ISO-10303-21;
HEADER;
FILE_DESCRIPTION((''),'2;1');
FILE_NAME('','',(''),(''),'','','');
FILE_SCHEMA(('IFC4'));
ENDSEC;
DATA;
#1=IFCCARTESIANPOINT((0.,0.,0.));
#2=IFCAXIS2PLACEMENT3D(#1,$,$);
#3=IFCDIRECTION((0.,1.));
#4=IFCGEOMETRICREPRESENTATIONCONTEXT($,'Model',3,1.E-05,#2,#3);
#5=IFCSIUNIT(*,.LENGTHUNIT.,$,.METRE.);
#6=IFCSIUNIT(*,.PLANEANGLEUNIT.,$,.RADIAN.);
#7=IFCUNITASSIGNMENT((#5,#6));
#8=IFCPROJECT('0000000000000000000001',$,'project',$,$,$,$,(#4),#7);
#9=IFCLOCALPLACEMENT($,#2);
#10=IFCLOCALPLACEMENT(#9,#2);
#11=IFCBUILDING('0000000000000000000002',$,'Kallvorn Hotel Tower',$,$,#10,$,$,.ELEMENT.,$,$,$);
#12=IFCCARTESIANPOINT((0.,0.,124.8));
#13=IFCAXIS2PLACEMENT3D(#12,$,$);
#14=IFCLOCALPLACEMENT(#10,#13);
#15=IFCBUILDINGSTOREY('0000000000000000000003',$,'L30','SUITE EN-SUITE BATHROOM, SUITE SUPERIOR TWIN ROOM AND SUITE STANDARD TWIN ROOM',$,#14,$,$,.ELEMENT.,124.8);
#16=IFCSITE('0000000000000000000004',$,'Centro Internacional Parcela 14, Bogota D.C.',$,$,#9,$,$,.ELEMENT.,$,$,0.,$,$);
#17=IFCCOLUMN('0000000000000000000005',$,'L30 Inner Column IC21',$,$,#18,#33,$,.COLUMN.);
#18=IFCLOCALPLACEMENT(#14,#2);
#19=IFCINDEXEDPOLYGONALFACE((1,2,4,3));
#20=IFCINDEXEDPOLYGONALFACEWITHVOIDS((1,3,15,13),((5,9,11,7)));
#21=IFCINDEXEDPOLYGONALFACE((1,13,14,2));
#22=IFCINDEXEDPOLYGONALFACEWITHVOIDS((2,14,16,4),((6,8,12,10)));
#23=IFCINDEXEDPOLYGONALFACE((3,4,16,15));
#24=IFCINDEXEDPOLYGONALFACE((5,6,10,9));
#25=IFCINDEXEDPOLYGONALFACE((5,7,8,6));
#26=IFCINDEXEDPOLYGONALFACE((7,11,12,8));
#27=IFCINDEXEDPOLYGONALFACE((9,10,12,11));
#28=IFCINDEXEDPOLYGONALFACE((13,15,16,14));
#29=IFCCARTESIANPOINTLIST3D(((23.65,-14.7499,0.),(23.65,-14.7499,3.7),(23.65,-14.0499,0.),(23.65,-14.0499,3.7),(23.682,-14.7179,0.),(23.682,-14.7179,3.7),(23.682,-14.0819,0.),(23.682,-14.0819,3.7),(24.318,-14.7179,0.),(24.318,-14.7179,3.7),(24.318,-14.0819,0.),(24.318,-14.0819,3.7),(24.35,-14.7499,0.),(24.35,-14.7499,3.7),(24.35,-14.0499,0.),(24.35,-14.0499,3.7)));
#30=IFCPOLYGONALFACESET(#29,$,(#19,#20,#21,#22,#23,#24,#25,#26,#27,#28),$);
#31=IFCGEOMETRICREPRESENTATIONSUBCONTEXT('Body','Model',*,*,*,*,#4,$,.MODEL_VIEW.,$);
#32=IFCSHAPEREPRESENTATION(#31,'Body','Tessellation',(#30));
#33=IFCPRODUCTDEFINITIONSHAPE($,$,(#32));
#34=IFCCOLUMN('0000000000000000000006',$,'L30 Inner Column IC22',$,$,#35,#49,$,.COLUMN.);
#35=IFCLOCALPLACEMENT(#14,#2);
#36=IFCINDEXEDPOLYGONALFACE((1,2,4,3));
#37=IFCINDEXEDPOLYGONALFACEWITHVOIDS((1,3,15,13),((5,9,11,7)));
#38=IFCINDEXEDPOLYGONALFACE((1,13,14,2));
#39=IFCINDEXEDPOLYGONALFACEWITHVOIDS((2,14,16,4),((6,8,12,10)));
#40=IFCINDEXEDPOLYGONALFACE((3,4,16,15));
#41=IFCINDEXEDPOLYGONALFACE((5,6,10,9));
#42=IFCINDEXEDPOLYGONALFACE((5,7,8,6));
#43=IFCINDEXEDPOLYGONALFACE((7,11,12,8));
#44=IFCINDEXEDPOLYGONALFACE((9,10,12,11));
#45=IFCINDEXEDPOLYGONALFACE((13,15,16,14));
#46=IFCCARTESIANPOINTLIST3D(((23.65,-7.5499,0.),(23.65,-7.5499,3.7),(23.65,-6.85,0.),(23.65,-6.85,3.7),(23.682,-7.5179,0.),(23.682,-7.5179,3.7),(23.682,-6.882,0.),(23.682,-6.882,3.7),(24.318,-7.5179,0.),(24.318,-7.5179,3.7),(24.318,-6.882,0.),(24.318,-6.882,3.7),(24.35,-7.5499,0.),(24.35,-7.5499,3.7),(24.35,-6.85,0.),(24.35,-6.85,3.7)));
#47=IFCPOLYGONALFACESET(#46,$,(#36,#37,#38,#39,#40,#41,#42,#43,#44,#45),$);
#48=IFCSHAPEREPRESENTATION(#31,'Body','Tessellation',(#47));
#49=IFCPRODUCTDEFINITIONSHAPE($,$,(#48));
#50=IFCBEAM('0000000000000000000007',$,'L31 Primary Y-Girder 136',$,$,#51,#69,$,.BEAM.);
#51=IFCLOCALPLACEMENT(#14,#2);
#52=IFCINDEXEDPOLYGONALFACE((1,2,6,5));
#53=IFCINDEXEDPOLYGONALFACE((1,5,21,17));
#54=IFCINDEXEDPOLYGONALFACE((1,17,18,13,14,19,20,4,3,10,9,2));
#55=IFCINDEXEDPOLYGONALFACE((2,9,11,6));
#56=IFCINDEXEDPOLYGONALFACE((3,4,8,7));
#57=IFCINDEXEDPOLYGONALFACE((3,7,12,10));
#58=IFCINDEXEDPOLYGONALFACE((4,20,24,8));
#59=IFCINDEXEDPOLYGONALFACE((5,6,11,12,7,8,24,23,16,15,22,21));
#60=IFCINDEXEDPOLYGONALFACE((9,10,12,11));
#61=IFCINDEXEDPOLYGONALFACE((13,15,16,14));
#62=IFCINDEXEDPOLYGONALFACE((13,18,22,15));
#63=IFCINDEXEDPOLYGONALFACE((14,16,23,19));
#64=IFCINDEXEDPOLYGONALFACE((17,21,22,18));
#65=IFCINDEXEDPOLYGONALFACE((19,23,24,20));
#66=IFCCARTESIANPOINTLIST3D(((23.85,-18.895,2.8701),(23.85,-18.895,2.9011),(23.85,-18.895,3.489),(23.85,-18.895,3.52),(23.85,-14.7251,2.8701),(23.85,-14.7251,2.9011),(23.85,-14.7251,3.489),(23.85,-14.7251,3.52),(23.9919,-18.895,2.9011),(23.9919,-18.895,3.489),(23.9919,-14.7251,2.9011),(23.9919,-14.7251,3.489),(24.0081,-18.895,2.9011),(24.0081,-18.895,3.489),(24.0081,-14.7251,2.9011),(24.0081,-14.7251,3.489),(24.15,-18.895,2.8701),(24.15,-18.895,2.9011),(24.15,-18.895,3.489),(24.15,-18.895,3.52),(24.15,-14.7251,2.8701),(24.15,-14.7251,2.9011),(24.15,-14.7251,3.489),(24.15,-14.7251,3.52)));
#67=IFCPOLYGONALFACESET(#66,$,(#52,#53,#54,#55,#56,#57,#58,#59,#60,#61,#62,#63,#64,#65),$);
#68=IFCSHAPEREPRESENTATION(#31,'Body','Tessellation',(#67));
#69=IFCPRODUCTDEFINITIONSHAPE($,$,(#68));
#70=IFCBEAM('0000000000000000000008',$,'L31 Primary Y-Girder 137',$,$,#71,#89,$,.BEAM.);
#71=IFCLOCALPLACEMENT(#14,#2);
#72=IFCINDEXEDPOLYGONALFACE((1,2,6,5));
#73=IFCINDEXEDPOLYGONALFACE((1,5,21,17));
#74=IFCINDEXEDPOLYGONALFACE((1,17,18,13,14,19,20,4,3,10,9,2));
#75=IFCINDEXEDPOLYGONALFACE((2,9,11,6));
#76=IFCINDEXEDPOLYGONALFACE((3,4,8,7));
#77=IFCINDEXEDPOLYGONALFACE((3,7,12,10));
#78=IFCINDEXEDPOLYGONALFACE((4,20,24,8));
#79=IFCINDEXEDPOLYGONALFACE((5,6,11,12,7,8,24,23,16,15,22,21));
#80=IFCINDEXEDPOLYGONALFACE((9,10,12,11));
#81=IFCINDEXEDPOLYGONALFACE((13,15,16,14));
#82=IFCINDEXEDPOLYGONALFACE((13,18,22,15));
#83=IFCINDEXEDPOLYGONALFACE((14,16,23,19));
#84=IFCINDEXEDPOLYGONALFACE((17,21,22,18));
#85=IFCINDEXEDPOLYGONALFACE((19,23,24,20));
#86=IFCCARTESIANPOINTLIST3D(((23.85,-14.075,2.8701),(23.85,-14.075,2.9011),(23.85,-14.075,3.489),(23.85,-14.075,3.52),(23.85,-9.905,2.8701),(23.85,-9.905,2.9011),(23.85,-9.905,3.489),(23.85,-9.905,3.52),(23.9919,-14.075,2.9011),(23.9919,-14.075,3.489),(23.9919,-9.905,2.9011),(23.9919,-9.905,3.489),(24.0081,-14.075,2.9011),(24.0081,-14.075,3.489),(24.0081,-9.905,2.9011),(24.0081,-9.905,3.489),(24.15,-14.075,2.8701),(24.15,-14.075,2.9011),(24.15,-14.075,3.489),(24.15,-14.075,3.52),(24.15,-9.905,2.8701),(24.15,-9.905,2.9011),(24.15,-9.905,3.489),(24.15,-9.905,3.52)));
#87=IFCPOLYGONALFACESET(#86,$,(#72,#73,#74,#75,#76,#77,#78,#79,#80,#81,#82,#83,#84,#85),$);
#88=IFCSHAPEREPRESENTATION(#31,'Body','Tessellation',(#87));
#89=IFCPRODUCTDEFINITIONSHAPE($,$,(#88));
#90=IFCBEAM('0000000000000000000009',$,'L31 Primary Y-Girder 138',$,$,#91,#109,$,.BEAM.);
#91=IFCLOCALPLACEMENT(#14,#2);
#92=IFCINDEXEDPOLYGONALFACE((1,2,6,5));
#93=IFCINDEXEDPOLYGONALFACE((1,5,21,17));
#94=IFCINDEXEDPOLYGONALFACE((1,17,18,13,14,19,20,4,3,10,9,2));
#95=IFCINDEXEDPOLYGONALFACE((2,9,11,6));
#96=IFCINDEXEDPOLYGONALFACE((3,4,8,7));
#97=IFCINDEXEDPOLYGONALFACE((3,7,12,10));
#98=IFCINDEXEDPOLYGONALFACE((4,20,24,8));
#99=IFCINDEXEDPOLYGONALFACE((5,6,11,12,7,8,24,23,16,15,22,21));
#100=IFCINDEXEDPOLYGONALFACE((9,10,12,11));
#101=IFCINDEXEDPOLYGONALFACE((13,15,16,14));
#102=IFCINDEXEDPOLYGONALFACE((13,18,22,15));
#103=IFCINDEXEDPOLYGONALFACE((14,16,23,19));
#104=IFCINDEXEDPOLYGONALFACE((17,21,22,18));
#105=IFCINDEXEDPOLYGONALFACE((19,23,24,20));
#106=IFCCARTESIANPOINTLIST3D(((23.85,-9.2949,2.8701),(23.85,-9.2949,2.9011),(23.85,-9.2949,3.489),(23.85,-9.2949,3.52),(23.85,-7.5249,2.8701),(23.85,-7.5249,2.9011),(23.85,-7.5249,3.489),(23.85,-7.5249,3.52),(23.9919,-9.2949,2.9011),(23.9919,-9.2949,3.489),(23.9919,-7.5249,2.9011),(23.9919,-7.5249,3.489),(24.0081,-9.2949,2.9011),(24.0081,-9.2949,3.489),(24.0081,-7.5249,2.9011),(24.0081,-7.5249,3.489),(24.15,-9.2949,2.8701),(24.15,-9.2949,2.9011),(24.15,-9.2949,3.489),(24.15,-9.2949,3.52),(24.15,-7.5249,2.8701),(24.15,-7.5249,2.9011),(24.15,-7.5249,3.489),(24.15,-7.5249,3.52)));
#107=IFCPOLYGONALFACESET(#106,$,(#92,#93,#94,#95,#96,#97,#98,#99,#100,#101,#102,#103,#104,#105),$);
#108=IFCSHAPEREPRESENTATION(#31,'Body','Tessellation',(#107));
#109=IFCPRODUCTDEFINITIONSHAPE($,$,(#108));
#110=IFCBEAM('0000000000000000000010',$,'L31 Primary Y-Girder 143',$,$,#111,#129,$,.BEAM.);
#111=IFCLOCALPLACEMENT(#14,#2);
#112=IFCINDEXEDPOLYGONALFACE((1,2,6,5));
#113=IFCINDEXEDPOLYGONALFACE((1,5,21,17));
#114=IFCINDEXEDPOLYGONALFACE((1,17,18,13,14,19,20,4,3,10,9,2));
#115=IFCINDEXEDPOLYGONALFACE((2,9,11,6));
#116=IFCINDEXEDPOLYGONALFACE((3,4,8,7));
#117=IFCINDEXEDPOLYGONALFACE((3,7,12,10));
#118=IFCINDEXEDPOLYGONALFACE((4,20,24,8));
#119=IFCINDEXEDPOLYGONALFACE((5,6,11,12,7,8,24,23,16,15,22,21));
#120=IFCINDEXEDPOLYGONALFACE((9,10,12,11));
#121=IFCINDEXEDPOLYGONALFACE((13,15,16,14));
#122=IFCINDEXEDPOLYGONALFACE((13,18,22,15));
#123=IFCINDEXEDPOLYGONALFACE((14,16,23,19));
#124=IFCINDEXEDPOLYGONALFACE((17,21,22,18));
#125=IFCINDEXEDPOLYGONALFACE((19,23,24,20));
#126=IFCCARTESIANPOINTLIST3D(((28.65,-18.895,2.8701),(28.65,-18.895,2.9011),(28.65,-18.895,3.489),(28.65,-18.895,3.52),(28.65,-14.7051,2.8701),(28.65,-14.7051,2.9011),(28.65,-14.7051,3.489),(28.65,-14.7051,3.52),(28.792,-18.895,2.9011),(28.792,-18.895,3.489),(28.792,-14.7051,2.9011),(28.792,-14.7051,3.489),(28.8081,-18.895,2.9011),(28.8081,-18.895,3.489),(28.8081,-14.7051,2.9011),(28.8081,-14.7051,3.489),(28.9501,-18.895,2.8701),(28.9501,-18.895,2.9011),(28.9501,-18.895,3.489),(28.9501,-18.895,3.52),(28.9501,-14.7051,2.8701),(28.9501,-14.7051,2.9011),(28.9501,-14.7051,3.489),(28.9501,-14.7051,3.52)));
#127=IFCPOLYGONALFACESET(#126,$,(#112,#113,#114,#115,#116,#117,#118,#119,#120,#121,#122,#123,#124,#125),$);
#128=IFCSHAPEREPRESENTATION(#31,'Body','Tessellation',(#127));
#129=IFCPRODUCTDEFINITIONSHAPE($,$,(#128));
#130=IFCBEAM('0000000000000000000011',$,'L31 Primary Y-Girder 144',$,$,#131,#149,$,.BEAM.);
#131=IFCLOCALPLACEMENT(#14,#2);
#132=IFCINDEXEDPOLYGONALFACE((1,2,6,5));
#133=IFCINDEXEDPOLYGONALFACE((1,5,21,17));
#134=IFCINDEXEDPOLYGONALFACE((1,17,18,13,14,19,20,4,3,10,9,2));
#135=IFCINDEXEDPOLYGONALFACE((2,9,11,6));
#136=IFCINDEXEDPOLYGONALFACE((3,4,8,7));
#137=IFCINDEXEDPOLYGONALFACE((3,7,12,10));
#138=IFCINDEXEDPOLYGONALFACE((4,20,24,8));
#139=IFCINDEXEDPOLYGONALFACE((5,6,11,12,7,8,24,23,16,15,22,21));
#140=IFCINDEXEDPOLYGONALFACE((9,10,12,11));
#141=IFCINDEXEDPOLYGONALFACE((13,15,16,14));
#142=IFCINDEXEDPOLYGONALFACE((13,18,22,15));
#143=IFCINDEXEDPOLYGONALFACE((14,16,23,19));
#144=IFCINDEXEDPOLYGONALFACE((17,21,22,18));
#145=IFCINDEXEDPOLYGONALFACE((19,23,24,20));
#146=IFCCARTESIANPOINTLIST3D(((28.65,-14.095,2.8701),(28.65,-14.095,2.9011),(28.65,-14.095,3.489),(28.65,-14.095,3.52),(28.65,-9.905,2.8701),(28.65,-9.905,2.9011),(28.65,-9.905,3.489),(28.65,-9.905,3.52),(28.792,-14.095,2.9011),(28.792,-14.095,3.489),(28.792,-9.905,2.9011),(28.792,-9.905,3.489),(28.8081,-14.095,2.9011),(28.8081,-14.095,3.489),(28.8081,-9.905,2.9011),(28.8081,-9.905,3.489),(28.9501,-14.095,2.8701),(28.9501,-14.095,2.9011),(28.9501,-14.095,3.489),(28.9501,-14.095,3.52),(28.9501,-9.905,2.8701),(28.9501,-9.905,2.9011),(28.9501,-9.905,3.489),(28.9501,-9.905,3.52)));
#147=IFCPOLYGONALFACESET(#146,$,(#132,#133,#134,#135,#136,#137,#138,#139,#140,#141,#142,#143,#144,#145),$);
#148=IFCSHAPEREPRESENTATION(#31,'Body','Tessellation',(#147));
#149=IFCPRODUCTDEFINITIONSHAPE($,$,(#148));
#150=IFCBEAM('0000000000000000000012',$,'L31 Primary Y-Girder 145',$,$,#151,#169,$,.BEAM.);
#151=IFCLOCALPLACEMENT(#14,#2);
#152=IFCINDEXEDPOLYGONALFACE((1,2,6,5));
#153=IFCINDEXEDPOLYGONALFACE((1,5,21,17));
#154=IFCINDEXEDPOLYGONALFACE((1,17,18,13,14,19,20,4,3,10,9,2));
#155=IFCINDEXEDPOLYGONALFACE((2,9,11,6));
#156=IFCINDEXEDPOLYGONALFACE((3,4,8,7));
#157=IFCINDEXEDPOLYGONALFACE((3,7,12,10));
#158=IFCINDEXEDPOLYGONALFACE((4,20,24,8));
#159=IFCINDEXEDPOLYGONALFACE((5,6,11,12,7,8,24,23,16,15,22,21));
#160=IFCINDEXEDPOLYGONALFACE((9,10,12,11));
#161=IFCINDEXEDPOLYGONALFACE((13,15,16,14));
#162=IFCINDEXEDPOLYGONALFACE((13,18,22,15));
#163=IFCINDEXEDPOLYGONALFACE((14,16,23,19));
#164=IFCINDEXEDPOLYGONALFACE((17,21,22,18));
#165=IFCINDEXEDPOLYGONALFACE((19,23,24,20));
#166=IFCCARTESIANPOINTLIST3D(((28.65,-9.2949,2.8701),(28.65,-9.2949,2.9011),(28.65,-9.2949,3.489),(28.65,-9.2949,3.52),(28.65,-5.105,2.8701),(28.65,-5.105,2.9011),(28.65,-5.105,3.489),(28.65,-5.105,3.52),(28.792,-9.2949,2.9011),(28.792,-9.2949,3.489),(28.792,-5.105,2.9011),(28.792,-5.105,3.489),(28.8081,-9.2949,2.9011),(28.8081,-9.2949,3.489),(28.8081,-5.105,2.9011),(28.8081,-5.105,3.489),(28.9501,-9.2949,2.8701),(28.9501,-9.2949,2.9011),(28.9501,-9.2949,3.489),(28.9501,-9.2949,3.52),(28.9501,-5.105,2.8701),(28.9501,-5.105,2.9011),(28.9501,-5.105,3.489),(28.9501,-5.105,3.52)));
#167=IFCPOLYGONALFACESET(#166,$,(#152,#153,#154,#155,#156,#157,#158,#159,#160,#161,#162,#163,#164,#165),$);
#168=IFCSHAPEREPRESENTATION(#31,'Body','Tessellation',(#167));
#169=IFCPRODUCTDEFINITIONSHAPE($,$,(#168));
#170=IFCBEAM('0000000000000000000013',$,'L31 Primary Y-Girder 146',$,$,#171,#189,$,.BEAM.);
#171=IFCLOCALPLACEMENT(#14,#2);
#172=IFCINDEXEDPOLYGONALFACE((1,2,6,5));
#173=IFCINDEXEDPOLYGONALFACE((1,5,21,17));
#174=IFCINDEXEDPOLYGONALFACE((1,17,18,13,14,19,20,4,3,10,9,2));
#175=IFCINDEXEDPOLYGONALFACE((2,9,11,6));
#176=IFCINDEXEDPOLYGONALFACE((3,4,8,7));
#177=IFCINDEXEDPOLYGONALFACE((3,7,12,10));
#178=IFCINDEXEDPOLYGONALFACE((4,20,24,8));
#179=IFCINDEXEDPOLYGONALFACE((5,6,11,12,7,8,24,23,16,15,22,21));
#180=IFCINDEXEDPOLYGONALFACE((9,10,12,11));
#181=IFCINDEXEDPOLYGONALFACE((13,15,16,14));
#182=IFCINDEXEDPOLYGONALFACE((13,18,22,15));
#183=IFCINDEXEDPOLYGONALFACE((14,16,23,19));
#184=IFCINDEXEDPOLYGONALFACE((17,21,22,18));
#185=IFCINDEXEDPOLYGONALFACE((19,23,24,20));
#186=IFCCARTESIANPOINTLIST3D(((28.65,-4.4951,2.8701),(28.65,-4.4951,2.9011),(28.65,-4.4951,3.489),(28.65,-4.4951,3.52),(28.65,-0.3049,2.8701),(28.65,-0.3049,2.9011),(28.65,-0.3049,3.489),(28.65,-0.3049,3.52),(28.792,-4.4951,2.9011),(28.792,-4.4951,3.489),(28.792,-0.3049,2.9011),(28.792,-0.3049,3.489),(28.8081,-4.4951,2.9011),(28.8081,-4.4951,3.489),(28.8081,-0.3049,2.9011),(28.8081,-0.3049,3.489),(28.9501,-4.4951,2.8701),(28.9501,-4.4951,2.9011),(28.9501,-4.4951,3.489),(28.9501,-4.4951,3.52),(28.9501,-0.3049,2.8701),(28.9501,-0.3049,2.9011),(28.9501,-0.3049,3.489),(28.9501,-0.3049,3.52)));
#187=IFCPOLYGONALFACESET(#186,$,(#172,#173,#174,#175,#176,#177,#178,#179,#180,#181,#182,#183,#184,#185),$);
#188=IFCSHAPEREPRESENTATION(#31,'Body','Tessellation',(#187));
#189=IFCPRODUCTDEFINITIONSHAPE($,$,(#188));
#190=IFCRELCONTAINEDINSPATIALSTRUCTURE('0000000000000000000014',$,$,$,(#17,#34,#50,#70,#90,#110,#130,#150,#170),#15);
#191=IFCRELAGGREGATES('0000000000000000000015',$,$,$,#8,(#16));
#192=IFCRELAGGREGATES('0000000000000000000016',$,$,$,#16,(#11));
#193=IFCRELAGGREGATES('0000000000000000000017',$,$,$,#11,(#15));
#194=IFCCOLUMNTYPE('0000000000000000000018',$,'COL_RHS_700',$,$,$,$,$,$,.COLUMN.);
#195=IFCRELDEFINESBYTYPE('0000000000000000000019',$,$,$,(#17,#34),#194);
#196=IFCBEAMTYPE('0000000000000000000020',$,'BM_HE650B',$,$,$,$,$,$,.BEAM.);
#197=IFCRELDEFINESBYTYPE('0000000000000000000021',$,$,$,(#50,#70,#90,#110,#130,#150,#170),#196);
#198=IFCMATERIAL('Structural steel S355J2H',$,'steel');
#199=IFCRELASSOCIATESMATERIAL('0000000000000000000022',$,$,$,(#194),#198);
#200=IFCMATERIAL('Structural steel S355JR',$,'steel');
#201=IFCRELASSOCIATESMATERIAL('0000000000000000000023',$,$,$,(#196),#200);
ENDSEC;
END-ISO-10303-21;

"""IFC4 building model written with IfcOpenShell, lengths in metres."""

from ifc_helpers import new_model, si_unit, direction, frame, origin, origin_2d, place, context, subcontext, project, spatial, hollow_rectangle, i_section, extrude, material, material_profile, profile_set, type_object, element, save


model = new_model("IFC4")

# Units and contexts
model_context = context("Model", 3, precision=1e-05, world=origin(), true_north=direction((0.0, 1.0)))
body_context = subcontext(model_context, "Body", "Model", "MODEL_VIEW")
ifc_project = project(units=[si_unit("LENGTHUNIT", "METRE"), si_unit("PLANEANGLEUNIT", "RADIAN")], contexts=[model_context])

# Site, building, storey
site_placement = place(None, origin())
site = spatial("IfcSite", under=ifc_project, at=site_placement, Name="Centro Internacional Parcela 14, Bogota D.C.", CompositionType="ELEMENT", RefElevation=0.0)
building_placement = place(site_placement, origin())
building = spatial("IfcBuilding", under=site, at=building_placement, Name="Kallvorn Hotel Tower", CompositionType="ELEMENT")
storey_placement = place(building_placement, frame((0.0, 0.0, 124.8)))
storey = spatial("IfcBuildingStorey", under=building, at=storey_placement, Name="L30", Description="SUITE EN-SUITE BATHROOM, SUITE SUPERIOR TWIN ROOM AND SUITE STANDARD TWIN ROOM", CompositionType="ELEMENT", Elevation=124.8)

# Columns
ifc_material_1 = material(Name="Structural steel S355J2H", Category="steel")
ifc_material_profile_1 = material_profile(ifc_material_1, hollow_rectangle(XDim=0.7, YDim=0.7, WallThickness=0.032, at=origin_2d()), Name="RHS 700x700x32")
ifc_profile_set_1 = profile_set([ifc_material_profile_1], Name="Structural steel S355J2H")
column_type_1 = type_object("IfcColumnType", Name="COL_RHS_700", PredefinedType="COLUMN", material=ifc_profile_set_1)
for number, where, z_axis, x_axis, name in (
    (1, (24.0, -14.3999, 0.0), (0.0, 0.0, 1.0), (1.0, 0.0, 0.0), "L30 Inner Column IC21"),
    (2, (24.0, -7.2, 0.0), (0.0, 0.0, 1.0), (1.0, 0.0, 0.0), "L30 Inner Column IC22"),
):
    element("IfcColumn", number, at=place(storey_placement, frame(where, z_axis=z_axis, x_axis=x_axis)), inside=storey, type_object=column_type_1, Name=name, PredefinedType="COLUMN", context=body_context, shape_type="SweptSolid", body=[
        extrude(hollow_rectangle(XDim=0.7, YDim=0.7, WallThickness=0.032, at=origin_2d()), origin(), (0.0, 0.0, 1.0), 3.7),
    ])

# Beams
ifc_material_2 = material(Name="Structural steel S355JR", Category="steel")
ifc_material_profile_2 = material_profile(ifc_material_2, i_section(OverallWidth=0.3, OverallDepth=0.6499, WebThickness=0.0161, FlangeThickness=0.031, at=origin_2d()), Name="HE 650 B")
ifc_profile_set_2 = profile_set([ifc_material_profile_2], Name="Structural steel S355JR")
beam_type_1 = type_object("IfcBeamType", Name="BM_HE650B", PredefinedType="BEAM", material=ifc_profile_set_2)
for number, where, z_axis, x_axis, name in (
    (3, (24.0, -18.895, 3.1951), (0.0, 1.0, 0.0), (-1.0, 0.0, 0.0), "L31 Primary Y-Girder 136"),
    (4, (24.0, -14.075, 3.1951), (0.0, 1.0, 0.0), (-1.0, 0.0, 0.0), "L31 Primary Y-Girder 137"),
):
    element("IfcBeam", number, at=place(storey_placement, frame(where, z_axis=z_axis, x_axis=x_axis)), inside=storey, type_object=beam_type_1, Name=name, PredefinedType="BEAM", context=body_context, shape_type="SweptSolid", body=[
        extrude(i_section(OverallWidth=0.3, OverallDepth=0.6499, WebThickness=0.0161, FlangeThickness=0.031, at=origin_2d()), origin(), (0.0, 0.0, 1.0), 4.1699),
    ])
beam_1_placement = place(storey_placement, frame((24.0, -9.2949, 3.1951), z_axis=(0.0, 1.0, 0.0), x_axis=(-1.0, 0.0, 0.0)))
element("IfcBeam", 5, at=beam_1_placement, inside=storey, type_object=beam_type_1, Name="L31 Primary Y-Girder 138", PredefinedType="BEAM", context=body_context, shape_type="SweptSolid", body=[
    extrude(i_section(OverallWidth=0.3, OverallDepth=0.6499, WebThickness=0.0161, FlangeThickness=0.031, at=origin_2d()), origin(), (0.0, 0.0, 1.0), 1.77),
])
for number, where, z_axis, x_axis, name in (
    (6, (28.8, -18.895, 3.1951), (0.0, 1.0, 0.0), (-1.0, 0.0, 0.0), "L31 Primary Y-Girder 143"),
    (7, (28.8, -14.095, 3.1951), (0.0, 1.0, 0.0), (-1.0, 0.0, 0.0), "L31 Primary Y-Girder 144"),
    (8, (28.8, -9.2949, 3.1951), (0.0, 1.0, 0.0), (-1.0, 0.0, 0.0), "L31 Primary Y-Girder 145"),
):
    element("IfcBeam", number, at=place(storey_placement, frame(where, z_axis=z_axis, x_axis=x_axis)), inside=storey, type_object=beam_type_1, Name=name, PredefinedType="BEAM", context=body_context, shape_type="SweptSolid", body=[
        extrude(i_section(OverallWidth=0.3, OverallDepth=0.6499, WebThickness=0.0161, FlangeThickness=0.031, at=origin_2d()), origin(), (0.0, 0.0, 1.0), 4.1899),
    ])
beam_2_placement = place(storey_placement, frame((28.8, -4.4951, 3.1951), z_axis=(0.0, 1.0, 0.0), x_axis=(-1.0, 0.0, 0.0)))
element("IfcBeam", 9, at=beam_2_placement, inside=storey, type_object=beam_type_1, Name="L31 Primary Y-Girder 146", PredefinedType="BEAM", context=body_context, shape_type="SweptSolid", body=[
    extrude(i_section(OverallWidth=0.3, OverallDepth=0.6499, WebThickness=0.0161, FlangeThickness=0.031, at=origin_2d()), origin(), (0.0, 0.0, 1.0), 4.1902),
])

save(model, "model.ifc")
